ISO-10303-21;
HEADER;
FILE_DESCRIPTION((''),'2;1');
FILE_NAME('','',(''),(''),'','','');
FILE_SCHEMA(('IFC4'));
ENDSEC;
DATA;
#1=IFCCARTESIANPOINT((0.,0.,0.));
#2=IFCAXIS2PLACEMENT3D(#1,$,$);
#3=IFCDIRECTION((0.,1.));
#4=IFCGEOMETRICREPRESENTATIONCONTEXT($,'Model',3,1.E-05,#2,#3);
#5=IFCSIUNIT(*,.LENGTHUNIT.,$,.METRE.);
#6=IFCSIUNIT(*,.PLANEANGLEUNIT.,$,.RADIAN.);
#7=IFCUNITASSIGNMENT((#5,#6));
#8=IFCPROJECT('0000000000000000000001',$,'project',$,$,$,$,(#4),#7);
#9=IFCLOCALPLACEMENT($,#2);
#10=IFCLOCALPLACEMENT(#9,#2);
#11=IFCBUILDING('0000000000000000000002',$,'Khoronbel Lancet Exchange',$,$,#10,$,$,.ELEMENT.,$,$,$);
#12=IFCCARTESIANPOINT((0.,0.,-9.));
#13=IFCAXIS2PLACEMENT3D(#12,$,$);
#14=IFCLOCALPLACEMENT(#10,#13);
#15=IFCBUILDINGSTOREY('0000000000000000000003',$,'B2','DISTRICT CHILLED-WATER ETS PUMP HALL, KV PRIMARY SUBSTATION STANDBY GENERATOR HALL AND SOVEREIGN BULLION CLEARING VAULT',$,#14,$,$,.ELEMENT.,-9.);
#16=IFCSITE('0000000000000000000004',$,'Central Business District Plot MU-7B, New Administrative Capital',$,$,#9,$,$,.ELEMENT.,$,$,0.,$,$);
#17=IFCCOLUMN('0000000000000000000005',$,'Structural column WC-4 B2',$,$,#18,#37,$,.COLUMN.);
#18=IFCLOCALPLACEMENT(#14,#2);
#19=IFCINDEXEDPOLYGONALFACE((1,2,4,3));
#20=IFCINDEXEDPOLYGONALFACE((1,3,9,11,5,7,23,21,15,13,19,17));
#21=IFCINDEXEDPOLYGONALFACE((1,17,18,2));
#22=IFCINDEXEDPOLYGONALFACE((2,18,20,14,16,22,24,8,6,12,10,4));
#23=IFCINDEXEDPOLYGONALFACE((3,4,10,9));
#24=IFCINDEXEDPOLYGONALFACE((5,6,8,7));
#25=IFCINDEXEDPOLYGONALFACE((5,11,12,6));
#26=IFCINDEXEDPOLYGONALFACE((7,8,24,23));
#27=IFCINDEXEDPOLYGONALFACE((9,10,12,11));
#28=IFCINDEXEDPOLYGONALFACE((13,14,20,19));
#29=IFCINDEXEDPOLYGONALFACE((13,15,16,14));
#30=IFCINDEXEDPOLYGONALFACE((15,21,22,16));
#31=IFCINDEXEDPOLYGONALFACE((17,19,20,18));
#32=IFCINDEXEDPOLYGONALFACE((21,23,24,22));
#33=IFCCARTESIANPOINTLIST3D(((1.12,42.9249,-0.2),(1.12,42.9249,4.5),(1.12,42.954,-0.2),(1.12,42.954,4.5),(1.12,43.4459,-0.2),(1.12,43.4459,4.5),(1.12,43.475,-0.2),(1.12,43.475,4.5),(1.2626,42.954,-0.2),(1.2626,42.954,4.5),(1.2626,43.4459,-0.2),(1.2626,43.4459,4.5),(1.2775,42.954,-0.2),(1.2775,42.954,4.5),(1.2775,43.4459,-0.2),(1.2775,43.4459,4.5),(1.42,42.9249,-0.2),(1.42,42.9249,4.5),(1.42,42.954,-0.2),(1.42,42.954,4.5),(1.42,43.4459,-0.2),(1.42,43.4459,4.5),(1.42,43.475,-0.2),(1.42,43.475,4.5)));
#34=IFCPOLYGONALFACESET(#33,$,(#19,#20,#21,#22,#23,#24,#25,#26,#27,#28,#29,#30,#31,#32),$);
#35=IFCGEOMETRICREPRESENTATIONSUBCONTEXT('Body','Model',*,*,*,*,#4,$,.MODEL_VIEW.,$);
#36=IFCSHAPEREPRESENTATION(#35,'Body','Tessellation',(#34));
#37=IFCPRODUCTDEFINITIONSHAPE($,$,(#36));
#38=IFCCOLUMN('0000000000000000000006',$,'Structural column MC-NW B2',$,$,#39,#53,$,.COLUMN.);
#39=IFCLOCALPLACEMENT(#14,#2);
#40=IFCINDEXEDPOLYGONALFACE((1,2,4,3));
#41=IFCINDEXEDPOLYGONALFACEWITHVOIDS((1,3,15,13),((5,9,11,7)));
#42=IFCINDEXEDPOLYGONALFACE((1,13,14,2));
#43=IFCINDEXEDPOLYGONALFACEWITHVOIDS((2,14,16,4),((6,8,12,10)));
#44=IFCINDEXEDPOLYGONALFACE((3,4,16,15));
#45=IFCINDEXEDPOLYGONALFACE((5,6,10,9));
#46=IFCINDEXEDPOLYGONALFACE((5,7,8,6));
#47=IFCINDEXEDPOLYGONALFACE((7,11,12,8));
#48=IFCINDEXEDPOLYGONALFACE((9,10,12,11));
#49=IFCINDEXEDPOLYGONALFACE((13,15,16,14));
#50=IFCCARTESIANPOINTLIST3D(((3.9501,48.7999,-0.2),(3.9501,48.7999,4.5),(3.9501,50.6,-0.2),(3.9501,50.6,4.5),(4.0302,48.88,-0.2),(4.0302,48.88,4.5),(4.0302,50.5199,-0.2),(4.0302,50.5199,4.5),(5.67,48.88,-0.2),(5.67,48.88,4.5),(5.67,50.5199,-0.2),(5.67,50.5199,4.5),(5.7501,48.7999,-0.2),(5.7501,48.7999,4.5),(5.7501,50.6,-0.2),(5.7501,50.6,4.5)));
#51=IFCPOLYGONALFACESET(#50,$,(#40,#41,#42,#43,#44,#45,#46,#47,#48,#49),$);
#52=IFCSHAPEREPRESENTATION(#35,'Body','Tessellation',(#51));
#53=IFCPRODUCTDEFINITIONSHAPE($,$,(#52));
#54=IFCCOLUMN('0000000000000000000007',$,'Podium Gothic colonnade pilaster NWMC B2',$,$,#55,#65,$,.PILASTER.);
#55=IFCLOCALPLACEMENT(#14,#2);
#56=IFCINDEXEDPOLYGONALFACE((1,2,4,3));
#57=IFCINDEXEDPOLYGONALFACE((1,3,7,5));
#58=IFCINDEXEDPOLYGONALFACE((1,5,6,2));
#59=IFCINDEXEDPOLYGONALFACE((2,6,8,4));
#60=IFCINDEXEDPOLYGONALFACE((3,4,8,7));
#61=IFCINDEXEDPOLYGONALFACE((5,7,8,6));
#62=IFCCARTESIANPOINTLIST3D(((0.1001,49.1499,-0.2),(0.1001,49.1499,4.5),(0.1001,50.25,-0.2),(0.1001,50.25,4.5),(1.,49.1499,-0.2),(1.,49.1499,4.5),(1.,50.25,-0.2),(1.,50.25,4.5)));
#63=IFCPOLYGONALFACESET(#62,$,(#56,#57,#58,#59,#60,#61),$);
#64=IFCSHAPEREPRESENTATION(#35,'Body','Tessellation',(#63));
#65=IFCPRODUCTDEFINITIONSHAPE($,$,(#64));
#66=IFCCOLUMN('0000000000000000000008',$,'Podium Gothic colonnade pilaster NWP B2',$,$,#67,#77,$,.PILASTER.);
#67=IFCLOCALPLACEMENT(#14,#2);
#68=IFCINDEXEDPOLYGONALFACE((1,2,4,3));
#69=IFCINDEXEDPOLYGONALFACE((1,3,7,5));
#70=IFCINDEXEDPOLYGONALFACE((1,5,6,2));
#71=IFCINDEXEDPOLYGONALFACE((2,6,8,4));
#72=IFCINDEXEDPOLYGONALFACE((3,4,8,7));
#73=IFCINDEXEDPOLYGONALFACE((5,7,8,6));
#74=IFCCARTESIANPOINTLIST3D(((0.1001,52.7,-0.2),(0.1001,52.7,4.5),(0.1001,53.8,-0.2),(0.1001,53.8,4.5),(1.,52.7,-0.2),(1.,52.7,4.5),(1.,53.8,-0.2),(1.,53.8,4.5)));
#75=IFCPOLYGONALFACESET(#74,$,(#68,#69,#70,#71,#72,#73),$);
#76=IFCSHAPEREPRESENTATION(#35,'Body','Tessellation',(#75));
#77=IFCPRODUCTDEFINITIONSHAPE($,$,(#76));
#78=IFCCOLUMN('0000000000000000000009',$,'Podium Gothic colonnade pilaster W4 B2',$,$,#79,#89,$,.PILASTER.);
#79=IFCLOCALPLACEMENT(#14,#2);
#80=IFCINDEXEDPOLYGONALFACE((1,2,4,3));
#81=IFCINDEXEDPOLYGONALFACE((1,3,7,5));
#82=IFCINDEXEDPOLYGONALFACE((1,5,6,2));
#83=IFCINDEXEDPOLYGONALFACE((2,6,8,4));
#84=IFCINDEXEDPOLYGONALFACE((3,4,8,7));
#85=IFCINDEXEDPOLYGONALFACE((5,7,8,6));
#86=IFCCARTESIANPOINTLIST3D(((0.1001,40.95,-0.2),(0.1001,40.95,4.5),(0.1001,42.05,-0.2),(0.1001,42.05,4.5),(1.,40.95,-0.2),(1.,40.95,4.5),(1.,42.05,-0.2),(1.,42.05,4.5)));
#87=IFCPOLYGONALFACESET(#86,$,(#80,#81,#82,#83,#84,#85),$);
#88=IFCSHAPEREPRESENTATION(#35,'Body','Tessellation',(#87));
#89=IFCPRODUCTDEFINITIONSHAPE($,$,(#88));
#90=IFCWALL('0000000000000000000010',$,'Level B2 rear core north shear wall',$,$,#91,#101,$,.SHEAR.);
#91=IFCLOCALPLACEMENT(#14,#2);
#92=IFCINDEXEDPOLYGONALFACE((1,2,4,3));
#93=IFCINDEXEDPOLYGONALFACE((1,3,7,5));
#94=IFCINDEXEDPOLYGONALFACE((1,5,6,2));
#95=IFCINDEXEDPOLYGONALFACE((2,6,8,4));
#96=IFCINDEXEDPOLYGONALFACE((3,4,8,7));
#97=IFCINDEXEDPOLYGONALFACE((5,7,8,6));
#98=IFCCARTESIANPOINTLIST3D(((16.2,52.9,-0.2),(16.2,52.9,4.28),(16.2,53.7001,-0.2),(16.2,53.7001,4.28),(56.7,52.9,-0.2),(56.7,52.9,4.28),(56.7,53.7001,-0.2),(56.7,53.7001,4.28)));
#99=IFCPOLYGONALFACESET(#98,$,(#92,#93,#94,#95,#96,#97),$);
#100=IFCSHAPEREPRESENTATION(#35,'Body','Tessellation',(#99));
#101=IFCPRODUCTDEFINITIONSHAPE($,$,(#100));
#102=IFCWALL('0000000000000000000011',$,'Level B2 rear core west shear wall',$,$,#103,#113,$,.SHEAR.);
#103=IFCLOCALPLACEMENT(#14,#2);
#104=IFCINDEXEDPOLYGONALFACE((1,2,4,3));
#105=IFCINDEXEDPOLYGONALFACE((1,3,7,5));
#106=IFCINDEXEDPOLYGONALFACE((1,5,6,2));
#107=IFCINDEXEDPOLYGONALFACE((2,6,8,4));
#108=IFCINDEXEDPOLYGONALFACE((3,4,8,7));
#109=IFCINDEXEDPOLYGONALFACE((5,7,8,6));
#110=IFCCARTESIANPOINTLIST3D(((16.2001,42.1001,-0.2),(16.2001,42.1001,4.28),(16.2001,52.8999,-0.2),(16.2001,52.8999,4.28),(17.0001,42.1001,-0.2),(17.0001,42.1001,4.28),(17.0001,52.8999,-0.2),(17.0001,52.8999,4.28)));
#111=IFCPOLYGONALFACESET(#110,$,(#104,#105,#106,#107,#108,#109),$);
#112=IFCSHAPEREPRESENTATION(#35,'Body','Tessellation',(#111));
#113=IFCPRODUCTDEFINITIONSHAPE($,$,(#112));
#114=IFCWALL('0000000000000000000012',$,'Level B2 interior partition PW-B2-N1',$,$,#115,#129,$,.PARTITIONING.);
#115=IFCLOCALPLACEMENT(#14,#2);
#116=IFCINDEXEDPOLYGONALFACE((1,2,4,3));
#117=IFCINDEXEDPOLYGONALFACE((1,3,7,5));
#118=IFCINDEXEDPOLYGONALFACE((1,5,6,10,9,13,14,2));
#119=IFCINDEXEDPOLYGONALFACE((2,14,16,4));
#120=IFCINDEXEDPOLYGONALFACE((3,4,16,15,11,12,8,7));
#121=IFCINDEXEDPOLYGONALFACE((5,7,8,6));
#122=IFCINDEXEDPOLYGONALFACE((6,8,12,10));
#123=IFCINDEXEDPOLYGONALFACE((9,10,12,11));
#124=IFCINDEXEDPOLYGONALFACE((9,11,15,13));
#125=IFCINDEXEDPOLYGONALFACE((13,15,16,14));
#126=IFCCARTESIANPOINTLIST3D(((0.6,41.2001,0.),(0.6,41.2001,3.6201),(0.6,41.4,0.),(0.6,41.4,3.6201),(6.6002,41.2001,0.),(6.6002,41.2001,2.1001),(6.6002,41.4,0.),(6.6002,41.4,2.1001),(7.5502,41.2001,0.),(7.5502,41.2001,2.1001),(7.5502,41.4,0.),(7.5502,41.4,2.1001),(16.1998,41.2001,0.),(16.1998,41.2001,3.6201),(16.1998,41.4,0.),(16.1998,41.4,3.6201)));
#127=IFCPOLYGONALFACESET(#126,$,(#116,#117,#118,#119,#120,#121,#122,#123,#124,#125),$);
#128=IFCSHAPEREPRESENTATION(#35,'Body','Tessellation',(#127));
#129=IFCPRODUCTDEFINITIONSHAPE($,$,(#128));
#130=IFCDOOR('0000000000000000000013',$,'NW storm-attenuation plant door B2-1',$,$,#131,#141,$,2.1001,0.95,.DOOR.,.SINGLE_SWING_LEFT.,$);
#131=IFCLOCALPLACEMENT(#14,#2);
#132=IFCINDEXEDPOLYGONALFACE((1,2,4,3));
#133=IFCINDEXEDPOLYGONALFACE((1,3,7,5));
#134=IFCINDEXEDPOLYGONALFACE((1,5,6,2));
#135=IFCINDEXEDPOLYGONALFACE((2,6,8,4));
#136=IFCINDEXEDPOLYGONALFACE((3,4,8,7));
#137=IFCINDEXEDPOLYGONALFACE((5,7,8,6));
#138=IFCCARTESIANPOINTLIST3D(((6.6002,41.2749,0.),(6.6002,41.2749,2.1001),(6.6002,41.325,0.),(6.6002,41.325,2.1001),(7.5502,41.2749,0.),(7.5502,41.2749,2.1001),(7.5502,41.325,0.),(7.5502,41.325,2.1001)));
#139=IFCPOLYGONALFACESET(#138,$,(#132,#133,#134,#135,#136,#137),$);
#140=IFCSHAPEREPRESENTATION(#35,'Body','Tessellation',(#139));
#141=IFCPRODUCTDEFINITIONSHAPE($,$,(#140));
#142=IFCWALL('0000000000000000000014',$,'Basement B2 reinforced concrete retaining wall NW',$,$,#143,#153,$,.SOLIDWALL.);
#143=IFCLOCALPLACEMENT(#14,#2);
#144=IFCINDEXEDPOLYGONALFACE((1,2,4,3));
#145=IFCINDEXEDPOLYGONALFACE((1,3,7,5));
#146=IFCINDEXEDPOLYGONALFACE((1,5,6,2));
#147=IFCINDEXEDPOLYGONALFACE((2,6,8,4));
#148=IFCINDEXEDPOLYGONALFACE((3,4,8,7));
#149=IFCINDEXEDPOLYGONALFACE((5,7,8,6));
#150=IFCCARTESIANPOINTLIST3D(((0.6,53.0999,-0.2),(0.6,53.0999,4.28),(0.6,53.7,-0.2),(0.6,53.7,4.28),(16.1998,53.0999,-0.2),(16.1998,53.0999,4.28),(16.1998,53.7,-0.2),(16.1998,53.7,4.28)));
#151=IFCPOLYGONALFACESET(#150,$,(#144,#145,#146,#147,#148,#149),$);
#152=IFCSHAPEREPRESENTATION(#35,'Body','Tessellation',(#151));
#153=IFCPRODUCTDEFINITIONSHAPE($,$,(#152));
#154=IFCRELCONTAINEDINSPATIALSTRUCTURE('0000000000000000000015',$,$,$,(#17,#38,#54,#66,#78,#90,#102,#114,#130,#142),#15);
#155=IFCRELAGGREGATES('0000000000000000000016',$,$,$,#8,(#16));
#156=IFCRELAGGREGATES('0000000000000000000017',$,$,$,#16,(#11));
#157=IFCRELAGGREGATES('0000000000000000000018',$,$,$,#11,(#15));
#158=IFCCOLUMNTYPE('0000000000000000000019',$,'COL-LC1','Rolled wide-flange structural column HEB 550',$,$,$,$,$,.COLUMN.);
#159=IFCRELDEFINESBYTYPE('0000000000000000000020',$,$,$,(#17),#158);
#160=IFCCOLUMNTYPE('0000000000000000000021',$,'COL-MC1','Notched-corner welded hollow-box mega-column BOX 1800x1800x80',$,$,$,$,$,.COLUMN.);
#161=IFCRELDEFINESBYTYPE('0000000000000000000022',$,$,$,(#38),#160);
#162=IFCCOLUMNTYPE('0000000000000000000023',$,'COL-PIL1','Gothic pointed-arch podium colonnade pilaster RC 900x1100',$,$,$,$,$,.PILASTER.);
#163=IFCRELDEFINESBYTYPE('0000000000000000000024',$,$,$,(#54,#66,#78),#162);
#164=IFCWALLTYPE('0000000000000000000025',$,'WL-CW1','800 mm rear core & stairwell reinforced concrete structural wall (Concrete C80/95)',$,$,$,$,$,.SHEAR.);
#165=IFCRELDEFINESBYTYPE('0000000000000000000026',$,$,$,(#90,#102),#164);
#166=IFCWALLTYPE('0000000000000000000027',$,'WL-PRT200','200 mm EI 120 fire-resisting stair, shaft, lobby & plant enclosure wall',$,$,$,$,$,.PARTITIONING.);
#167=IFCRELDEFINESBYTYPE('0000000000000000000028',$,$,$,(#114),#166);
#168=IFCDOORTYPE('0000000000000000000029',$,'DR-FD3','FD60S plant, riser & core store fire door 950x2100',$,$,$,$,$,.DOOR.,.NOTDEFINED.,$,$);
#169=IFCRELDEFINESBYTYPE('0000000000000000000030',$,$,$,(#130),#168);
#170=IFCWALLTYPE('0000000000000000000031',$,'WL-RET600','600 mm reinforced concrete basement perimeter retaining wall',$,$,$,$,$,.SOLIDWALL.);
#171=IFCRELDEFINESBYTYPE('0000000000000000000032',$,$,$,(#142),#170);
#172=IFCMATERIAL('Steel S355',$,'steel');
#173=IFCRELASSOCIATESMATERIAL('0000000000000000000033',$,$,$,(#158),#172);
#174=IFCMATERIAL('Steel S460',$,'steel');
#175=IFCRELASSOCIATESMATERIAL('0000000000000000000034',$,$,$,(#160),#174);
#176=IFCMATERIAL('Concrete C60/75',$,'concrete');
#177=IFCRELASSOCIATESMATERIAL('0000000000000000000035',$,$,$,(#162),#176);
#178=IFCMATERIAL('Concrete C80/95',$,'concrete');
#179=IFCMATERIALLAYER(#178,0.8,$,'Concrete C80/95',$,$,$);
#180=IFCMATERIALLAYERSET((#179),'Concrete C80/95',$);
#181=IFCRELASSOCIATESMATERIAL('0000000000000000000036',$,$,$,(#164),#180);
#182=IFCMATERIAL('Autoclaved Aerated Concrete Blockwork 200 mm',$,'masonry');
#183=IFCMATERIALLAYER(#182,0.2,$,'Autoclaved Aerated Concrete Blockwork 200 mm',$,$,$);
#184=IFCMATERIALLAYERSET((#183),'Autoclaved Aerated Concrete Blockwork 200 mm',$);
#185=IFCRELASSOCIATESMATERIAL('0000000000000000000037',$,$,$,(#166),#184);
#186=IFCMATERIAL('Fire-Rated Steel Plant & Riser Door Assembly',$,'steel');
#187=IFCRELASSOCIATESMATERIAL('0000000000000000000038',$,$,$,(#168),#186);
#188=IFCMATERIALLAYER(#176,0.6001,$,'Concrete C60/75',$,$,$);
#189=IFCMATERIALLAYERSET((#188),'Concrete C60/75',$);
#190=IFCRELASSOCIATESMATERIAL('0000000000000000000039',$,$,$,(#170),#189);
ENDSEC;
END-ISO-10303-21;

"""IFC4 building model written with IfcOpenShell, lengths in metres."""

from ifc_helpers import new_model, si_unit, direction, frame, frame_2d, origin, origin_2d, place, context, subcontext, project, spatial, rectangle, hollow_rectangle, i_section, extrude, material, layer, layer_set, material_profile, profile_set, type_object, element, fill, save


model = new_model("IFC4")

# Units and contexts
model_context = context("Model", 3, precision=1e-05, world=origin(), true_north=direction((0.0, 1.0)))
body_context = subcontext(model_context, "Body", "Model", "MODEL_VIEW")
ifc_project = project(units=[si_unit("LENGTHUNIT", "METRE"), si_unit("PLANEANGLEUNIT", "RADIAN")], contexts=[model_context])

# Site, building, storey
site_placement = place(None, origin())
site = spatial("IfcSite", under=ifc_project, at=site_placement, Name="Central Business District Plot MU-7B, New Administrative Capital", CompositionType="ELEMENT", RefElevation=0.0)
building_placement = place(site_placement, origin())
building = spatial("IfcBuilding", under=site, at=building_placement, Name="Khoronbel Lancet Exchange", CompositionType="ELEMENT")
storey_placement = place(building_placement, frame((0.0, 0.0, -9.0)))
storey = spatial("IfcBuildingStorey", under=building, at=storey_placement, Name="B2", Description="DISTRICT CHILLED-WATER ETS PUMP HALL, KV PRIMARY SUBSTATION STANDBY GENERATOR HALL AND SOVEREIGN BULLION CLEARING VAULT", CompositionType="ELEMENT", Elevation=-9.0)

# Columns
ifc_material_1 = material(Name="Steel S460", Category="steel")
ifc_material_2 = material(Name="Steel S355", Category="steel")
ifc_material_profile_1 = material_profile(ifc_material_2, i_section(OverallWidth=0.3, OverallDepth=0.55, WebThickness=0.0149, FlangeThickness=0.0291, at=origin_2d()), Name="HEB 550")
ifc_profile_set_1 = profile_set([ifc_material_profile_1], Name="Steel S355")
column_type_1 = type_object("IfcColumnType", Name="COL-LC1", Description="Rolled wide-flange structural column HEB 550", PredefinedType="COLUMN", material=ifc_profile_set_1)
column_1_placement = place(storey_placement, frame((1.27, 43.2, -0.2), z_axis=(0.0, 0.0, 1.0), x_axis=(1.0, 0.0, 0.0)))
element("IfcColumn", 1, at=column_1_placement, inside=storey, type_object=column_type_1, Name="Structural column WC-4 B2", PredefinedType="COLUMN", context=body_context, shape_type="SweptSolid", body=[
    extrude(i_section(OverallWidth=0.3, OverallDepth=0.55, WebThickness=0.0149, FlangeThickness=0.0291, at=origin_2d()), origin(), (0.0, 0.0, 1.0), 4.7),
])
ifc_material_profile_2 = material_profile(ifc_material_1, hollow_rectangle(XDim=1.8, YDim=1.8, WallThickness=0.0801, at=origin_2d()), Name="BOX 1800x1800x80")
ifc_profile_set_2 = profile_set([ifc_material_profile_2], Name="Steel S460")
column_type_2 = type_object("IfcColumnType", Name="COL-MC1", Description="Notched-corner welded hollow-box mega-column BOX 1800x1800x80", PredefinedType="COLUMN", material=ifc_profile_set_2)
column_2_placement = place(storey_placement, frame((4.8501, 49.7, -0.2), z_axis=(0.0, 0.0, 1.0), x_axis=(1.0, 0.0, 0.0)))
element("IfcColumn", 2, at=column_2_placement, inside=storey, type_object=column_type_2, Name="Structural column MC-NW B2", PredefinedType="COLUMN", context=body_context, shape_type="SweptSolid", body=[
    extrude(hollow_rectangle(XDim=1.8, YDim=1.8, WallThickness=0.0801, at=origin_2d()), origin(), (0.0, 0.0, 1.0), 4.7),
])
ifc_material_3 = material(Name="Concrete C60/75", Category="concrete")
ifc_material_profile_3 = material_profile(ifc_material_3, rectangle(XDim=0.8999, YDim=1.1001, at=origin_2d()), Name="RC 900x1100")
ifc_profile_set_3 = profile_set([ifc_material_profile_3], Name="Concrete C60/75")
column_type_3 = type_object("IfcColumnType", Name="COL-PIL1", Description="Gothic pointed-arch podium colonnade pilaster RC 900x1100", PredefinedType="PILASTER", material=ifc_profile_set_3)
for number, where, z_axis, x_axis, name in (
    (3, (0.55, 49.7, -0.2), (0.0, 0.0, 1.0), (1.0, 0.0, 0.0), "Podium Gothic colonnade pilaster NWMC B2"),
    (4, (0.55, 53.25, -0.2), (0.0, 0.0, 1.0), (1.0, 0.0, 0.0), "Podium Gothic colonnade pilaster NWP B2"),
    (5, (0.55, 41.5, -0.2), (0.0, 0.0, 1.0), (1.0, 0.0, 0.0), "Podium Gothic colonnade pilaster W4 B2"),
):
    element("IfcColumn", number, at=place(storey_placement, frame(where, z_axis=z_axis, x_axis=x_axis)), inside=storey, type_object=column_type_3, Name=name, PredefinedType="PILASTER", context=body_context, shape_type="SweptSolid", body=[
        extrude(rectangle(XDim=0.8999, YDim=1.1001, at=origin_2d()), origin(), (0.0, 0.0, 1.0), 4.7),
    ])

# Walls
ifc_material_4 = material(Name="Concrete C80/95", Category="concrete")
ifc_layer_1 = layer(ifc_material_4, 0.8, Name="Concrete C80/95")
ifc_layer_set_1 = layer_set([ifc_layer_1], Name="Concrete C80/95")
wall_type_1 = type_object("IfcWallType", Name="WL-CW1", Description="800 mm rear core & stairwell reinforced concrete structural wall (Concrete C80/95)", PredefinedType="SHEAR", material=ifc_layer_set_1)
wall_1_placement = place(storey_placement, frame((16.2, 53.3, -0.2), z_axis=(0.0, 0.0, 1.0), x_axis=(1.0, 0.0, 0.0)))
element("IfcWall", 6, at=wall_1_placement, inside=storey, type_object=wall_type_1, Name="Level B2 rear core north shear wall", PredefinedType="SHEAR", context=body_context, shape_type="SweptSolid", body=[
    extrude(rectangle(XDim=40.5, YDim=0.8, at=frame_2d((20.25, 0.0))), origin(), (0.0, 0.0, 1.0), 4.48),
])
wall_2_placement = place(storey_placement, frame((16.6001, 42.1001, -0.2), z_axis=(0.0, 0.0, 1.0), x_axis=(0.0, 1.0, 0.0)))
element("IfcWall", 7, at=wall_2_placement, inside=storey, type_object=wall_type_1, Name="Level B2 rear core west shear wall", PredefinedType="SHEAR", context=body_context, shape_type="SweptSolid", body=[
    extrude(rectangle(XDim=10.7998, YDim=0.8, at=frame_2d((5.3999, 0.0))), origin(), (0.0, 0.0, 1.0), 4.48),
])

# Wall, opening, door
ifc_material_5 = material(Name="Autoclaved Aerated Concrete Blockwork 200 mm", Category="masonry")
ifc_layer_2 = layer(ifc_material_5, 0.2, Name="Autoclaved Aerated Concrete Blockwork 200 mm")
ifc_layer_set_2 = layer_set([ifc_layer_2], Name="Autoclaved Aerated Concrete Blockwork 200 mm")
wall_type_2 = type_object("IfcWallType", Name="WL-PRT200", Description="200 mm EI 120 fire-resisting stair, shaft, lobby & plant enclosure wall", PredefinedType="PARTITIONING", material=ifc_layer_set_2)
wall_3_placement = place(storey_placement, frame((0.6001, 41.3, 0.0), z_axis=(0.0, 0.0, 1.0), x_axis=(1.0, 0.0, 0.0)))
wall_3 = element("IfcWall", 8, at=wall_3_placement, inside=storey, type_object=wall_type_2, Name="Level B2 interior partition PW-B2-N1", PredefinedType="PARTITIONING", context=body_context, shape_type="SweptSolid", body=[
    extrude(rectangle(XDim=15.5999, YDim=0.2, at=frame_2d((7.7998, 0.0))), origin(), (0.0, 0.0, 1.0), 3.6201),
])
opening_1_placement = place(wall_3_placement, frame((6.0, 0.0, 0.0)))
opening_1 = element("IfcOpeningElement", 9, at=opening_1_placement, cuts=wall_3, PredefinedType="OPENING", context=body_context, shape_type="SweptSolid", body=[
    extrude(rectangle(XDim=0.95, YDim=2.1001, at=frame_2d((0.4751, 1.05))), frame((0.0, 0.1099, 0.0), z_axis=(0.0, -1.0, 0.0), x_axis=(1.0, 0.0, 0.0)), (0.0, 0.0, 1.0), 0.22),
])
ifc_material_6 = material(Name="Fire-Rated Steel Plant & Riser Door Assembly", Category="steel")
door_type_1 = type_object("IfcDoorType", Name="DR-FD3", Description="FD60S plant, riser & core store fire door 950x2100", OperationType="NOTDEFINED", PredefinedType="DOOR", material=ifc_material_6)
door_1_placement = place(opening_1_placement, origin())
door_1 = element("IfcDoor", 10, at=door_1_placement, inside=storey, type_object=door_type_1, Name="NW storm-attenuation plant door B2-1", OperationType="SINGLE_SWING_LEFT", OverallHeight=2.1001, OverallWidth=0.95, PredefinedType="DOOR", context=body_context, shape_type="SweptSolid", body=[
    extrude(rectangle(XDim=0.95, YDim=2.1001, at=frame_2d((0.4751, 1.05))), frame((0.0, 0.0249, 0.0), z_axis=(0.0, -1.0, 0.0), x_axis=(1.0, 0.0, 0.0)), (0.0, 0.0, 1.0), 0.05),
])
fill(opening_1, door_1)

# Wall
ifc_layer_3 = layer(ifc_material_3, 0.6001, Name="Concrete C60/75")
ifc_layer_set_3 = layer_set([ifc_layer_3], Name="Concrete C60/75")
wall_type_3 = type_object("IfcWallType", Name="WL-RET600", Description="600 mm reinforced concrete basement perimeter retaining wall", PredefinedType="SOLIDWALL", material=ifc_layer_set_3)
wall_4_placement = place(storey_placement, frame((0.6001, 53.3999, -0.2), z_axis=(0.0, 0.0, 1.0), x_axis=(1.0, 0.0, 0.0)))
element("IfcWall", 11, at=wall_4_placement, inside=storey, type_object=wall_type_3, Name="Basement B2 reinforced concrete retaining wall NW", PredefinedType="SOLIDWALL", context=body_context, shape_type="SweptSolid", body=[
    extrude(rectangle(XDim=15.5999, YDim=0.6001, at=frame_2d((7.7998, 0.0))), origin(), (0.0, 0.0, 1.0), 4.48),
])

save(model, "model.ifc")
